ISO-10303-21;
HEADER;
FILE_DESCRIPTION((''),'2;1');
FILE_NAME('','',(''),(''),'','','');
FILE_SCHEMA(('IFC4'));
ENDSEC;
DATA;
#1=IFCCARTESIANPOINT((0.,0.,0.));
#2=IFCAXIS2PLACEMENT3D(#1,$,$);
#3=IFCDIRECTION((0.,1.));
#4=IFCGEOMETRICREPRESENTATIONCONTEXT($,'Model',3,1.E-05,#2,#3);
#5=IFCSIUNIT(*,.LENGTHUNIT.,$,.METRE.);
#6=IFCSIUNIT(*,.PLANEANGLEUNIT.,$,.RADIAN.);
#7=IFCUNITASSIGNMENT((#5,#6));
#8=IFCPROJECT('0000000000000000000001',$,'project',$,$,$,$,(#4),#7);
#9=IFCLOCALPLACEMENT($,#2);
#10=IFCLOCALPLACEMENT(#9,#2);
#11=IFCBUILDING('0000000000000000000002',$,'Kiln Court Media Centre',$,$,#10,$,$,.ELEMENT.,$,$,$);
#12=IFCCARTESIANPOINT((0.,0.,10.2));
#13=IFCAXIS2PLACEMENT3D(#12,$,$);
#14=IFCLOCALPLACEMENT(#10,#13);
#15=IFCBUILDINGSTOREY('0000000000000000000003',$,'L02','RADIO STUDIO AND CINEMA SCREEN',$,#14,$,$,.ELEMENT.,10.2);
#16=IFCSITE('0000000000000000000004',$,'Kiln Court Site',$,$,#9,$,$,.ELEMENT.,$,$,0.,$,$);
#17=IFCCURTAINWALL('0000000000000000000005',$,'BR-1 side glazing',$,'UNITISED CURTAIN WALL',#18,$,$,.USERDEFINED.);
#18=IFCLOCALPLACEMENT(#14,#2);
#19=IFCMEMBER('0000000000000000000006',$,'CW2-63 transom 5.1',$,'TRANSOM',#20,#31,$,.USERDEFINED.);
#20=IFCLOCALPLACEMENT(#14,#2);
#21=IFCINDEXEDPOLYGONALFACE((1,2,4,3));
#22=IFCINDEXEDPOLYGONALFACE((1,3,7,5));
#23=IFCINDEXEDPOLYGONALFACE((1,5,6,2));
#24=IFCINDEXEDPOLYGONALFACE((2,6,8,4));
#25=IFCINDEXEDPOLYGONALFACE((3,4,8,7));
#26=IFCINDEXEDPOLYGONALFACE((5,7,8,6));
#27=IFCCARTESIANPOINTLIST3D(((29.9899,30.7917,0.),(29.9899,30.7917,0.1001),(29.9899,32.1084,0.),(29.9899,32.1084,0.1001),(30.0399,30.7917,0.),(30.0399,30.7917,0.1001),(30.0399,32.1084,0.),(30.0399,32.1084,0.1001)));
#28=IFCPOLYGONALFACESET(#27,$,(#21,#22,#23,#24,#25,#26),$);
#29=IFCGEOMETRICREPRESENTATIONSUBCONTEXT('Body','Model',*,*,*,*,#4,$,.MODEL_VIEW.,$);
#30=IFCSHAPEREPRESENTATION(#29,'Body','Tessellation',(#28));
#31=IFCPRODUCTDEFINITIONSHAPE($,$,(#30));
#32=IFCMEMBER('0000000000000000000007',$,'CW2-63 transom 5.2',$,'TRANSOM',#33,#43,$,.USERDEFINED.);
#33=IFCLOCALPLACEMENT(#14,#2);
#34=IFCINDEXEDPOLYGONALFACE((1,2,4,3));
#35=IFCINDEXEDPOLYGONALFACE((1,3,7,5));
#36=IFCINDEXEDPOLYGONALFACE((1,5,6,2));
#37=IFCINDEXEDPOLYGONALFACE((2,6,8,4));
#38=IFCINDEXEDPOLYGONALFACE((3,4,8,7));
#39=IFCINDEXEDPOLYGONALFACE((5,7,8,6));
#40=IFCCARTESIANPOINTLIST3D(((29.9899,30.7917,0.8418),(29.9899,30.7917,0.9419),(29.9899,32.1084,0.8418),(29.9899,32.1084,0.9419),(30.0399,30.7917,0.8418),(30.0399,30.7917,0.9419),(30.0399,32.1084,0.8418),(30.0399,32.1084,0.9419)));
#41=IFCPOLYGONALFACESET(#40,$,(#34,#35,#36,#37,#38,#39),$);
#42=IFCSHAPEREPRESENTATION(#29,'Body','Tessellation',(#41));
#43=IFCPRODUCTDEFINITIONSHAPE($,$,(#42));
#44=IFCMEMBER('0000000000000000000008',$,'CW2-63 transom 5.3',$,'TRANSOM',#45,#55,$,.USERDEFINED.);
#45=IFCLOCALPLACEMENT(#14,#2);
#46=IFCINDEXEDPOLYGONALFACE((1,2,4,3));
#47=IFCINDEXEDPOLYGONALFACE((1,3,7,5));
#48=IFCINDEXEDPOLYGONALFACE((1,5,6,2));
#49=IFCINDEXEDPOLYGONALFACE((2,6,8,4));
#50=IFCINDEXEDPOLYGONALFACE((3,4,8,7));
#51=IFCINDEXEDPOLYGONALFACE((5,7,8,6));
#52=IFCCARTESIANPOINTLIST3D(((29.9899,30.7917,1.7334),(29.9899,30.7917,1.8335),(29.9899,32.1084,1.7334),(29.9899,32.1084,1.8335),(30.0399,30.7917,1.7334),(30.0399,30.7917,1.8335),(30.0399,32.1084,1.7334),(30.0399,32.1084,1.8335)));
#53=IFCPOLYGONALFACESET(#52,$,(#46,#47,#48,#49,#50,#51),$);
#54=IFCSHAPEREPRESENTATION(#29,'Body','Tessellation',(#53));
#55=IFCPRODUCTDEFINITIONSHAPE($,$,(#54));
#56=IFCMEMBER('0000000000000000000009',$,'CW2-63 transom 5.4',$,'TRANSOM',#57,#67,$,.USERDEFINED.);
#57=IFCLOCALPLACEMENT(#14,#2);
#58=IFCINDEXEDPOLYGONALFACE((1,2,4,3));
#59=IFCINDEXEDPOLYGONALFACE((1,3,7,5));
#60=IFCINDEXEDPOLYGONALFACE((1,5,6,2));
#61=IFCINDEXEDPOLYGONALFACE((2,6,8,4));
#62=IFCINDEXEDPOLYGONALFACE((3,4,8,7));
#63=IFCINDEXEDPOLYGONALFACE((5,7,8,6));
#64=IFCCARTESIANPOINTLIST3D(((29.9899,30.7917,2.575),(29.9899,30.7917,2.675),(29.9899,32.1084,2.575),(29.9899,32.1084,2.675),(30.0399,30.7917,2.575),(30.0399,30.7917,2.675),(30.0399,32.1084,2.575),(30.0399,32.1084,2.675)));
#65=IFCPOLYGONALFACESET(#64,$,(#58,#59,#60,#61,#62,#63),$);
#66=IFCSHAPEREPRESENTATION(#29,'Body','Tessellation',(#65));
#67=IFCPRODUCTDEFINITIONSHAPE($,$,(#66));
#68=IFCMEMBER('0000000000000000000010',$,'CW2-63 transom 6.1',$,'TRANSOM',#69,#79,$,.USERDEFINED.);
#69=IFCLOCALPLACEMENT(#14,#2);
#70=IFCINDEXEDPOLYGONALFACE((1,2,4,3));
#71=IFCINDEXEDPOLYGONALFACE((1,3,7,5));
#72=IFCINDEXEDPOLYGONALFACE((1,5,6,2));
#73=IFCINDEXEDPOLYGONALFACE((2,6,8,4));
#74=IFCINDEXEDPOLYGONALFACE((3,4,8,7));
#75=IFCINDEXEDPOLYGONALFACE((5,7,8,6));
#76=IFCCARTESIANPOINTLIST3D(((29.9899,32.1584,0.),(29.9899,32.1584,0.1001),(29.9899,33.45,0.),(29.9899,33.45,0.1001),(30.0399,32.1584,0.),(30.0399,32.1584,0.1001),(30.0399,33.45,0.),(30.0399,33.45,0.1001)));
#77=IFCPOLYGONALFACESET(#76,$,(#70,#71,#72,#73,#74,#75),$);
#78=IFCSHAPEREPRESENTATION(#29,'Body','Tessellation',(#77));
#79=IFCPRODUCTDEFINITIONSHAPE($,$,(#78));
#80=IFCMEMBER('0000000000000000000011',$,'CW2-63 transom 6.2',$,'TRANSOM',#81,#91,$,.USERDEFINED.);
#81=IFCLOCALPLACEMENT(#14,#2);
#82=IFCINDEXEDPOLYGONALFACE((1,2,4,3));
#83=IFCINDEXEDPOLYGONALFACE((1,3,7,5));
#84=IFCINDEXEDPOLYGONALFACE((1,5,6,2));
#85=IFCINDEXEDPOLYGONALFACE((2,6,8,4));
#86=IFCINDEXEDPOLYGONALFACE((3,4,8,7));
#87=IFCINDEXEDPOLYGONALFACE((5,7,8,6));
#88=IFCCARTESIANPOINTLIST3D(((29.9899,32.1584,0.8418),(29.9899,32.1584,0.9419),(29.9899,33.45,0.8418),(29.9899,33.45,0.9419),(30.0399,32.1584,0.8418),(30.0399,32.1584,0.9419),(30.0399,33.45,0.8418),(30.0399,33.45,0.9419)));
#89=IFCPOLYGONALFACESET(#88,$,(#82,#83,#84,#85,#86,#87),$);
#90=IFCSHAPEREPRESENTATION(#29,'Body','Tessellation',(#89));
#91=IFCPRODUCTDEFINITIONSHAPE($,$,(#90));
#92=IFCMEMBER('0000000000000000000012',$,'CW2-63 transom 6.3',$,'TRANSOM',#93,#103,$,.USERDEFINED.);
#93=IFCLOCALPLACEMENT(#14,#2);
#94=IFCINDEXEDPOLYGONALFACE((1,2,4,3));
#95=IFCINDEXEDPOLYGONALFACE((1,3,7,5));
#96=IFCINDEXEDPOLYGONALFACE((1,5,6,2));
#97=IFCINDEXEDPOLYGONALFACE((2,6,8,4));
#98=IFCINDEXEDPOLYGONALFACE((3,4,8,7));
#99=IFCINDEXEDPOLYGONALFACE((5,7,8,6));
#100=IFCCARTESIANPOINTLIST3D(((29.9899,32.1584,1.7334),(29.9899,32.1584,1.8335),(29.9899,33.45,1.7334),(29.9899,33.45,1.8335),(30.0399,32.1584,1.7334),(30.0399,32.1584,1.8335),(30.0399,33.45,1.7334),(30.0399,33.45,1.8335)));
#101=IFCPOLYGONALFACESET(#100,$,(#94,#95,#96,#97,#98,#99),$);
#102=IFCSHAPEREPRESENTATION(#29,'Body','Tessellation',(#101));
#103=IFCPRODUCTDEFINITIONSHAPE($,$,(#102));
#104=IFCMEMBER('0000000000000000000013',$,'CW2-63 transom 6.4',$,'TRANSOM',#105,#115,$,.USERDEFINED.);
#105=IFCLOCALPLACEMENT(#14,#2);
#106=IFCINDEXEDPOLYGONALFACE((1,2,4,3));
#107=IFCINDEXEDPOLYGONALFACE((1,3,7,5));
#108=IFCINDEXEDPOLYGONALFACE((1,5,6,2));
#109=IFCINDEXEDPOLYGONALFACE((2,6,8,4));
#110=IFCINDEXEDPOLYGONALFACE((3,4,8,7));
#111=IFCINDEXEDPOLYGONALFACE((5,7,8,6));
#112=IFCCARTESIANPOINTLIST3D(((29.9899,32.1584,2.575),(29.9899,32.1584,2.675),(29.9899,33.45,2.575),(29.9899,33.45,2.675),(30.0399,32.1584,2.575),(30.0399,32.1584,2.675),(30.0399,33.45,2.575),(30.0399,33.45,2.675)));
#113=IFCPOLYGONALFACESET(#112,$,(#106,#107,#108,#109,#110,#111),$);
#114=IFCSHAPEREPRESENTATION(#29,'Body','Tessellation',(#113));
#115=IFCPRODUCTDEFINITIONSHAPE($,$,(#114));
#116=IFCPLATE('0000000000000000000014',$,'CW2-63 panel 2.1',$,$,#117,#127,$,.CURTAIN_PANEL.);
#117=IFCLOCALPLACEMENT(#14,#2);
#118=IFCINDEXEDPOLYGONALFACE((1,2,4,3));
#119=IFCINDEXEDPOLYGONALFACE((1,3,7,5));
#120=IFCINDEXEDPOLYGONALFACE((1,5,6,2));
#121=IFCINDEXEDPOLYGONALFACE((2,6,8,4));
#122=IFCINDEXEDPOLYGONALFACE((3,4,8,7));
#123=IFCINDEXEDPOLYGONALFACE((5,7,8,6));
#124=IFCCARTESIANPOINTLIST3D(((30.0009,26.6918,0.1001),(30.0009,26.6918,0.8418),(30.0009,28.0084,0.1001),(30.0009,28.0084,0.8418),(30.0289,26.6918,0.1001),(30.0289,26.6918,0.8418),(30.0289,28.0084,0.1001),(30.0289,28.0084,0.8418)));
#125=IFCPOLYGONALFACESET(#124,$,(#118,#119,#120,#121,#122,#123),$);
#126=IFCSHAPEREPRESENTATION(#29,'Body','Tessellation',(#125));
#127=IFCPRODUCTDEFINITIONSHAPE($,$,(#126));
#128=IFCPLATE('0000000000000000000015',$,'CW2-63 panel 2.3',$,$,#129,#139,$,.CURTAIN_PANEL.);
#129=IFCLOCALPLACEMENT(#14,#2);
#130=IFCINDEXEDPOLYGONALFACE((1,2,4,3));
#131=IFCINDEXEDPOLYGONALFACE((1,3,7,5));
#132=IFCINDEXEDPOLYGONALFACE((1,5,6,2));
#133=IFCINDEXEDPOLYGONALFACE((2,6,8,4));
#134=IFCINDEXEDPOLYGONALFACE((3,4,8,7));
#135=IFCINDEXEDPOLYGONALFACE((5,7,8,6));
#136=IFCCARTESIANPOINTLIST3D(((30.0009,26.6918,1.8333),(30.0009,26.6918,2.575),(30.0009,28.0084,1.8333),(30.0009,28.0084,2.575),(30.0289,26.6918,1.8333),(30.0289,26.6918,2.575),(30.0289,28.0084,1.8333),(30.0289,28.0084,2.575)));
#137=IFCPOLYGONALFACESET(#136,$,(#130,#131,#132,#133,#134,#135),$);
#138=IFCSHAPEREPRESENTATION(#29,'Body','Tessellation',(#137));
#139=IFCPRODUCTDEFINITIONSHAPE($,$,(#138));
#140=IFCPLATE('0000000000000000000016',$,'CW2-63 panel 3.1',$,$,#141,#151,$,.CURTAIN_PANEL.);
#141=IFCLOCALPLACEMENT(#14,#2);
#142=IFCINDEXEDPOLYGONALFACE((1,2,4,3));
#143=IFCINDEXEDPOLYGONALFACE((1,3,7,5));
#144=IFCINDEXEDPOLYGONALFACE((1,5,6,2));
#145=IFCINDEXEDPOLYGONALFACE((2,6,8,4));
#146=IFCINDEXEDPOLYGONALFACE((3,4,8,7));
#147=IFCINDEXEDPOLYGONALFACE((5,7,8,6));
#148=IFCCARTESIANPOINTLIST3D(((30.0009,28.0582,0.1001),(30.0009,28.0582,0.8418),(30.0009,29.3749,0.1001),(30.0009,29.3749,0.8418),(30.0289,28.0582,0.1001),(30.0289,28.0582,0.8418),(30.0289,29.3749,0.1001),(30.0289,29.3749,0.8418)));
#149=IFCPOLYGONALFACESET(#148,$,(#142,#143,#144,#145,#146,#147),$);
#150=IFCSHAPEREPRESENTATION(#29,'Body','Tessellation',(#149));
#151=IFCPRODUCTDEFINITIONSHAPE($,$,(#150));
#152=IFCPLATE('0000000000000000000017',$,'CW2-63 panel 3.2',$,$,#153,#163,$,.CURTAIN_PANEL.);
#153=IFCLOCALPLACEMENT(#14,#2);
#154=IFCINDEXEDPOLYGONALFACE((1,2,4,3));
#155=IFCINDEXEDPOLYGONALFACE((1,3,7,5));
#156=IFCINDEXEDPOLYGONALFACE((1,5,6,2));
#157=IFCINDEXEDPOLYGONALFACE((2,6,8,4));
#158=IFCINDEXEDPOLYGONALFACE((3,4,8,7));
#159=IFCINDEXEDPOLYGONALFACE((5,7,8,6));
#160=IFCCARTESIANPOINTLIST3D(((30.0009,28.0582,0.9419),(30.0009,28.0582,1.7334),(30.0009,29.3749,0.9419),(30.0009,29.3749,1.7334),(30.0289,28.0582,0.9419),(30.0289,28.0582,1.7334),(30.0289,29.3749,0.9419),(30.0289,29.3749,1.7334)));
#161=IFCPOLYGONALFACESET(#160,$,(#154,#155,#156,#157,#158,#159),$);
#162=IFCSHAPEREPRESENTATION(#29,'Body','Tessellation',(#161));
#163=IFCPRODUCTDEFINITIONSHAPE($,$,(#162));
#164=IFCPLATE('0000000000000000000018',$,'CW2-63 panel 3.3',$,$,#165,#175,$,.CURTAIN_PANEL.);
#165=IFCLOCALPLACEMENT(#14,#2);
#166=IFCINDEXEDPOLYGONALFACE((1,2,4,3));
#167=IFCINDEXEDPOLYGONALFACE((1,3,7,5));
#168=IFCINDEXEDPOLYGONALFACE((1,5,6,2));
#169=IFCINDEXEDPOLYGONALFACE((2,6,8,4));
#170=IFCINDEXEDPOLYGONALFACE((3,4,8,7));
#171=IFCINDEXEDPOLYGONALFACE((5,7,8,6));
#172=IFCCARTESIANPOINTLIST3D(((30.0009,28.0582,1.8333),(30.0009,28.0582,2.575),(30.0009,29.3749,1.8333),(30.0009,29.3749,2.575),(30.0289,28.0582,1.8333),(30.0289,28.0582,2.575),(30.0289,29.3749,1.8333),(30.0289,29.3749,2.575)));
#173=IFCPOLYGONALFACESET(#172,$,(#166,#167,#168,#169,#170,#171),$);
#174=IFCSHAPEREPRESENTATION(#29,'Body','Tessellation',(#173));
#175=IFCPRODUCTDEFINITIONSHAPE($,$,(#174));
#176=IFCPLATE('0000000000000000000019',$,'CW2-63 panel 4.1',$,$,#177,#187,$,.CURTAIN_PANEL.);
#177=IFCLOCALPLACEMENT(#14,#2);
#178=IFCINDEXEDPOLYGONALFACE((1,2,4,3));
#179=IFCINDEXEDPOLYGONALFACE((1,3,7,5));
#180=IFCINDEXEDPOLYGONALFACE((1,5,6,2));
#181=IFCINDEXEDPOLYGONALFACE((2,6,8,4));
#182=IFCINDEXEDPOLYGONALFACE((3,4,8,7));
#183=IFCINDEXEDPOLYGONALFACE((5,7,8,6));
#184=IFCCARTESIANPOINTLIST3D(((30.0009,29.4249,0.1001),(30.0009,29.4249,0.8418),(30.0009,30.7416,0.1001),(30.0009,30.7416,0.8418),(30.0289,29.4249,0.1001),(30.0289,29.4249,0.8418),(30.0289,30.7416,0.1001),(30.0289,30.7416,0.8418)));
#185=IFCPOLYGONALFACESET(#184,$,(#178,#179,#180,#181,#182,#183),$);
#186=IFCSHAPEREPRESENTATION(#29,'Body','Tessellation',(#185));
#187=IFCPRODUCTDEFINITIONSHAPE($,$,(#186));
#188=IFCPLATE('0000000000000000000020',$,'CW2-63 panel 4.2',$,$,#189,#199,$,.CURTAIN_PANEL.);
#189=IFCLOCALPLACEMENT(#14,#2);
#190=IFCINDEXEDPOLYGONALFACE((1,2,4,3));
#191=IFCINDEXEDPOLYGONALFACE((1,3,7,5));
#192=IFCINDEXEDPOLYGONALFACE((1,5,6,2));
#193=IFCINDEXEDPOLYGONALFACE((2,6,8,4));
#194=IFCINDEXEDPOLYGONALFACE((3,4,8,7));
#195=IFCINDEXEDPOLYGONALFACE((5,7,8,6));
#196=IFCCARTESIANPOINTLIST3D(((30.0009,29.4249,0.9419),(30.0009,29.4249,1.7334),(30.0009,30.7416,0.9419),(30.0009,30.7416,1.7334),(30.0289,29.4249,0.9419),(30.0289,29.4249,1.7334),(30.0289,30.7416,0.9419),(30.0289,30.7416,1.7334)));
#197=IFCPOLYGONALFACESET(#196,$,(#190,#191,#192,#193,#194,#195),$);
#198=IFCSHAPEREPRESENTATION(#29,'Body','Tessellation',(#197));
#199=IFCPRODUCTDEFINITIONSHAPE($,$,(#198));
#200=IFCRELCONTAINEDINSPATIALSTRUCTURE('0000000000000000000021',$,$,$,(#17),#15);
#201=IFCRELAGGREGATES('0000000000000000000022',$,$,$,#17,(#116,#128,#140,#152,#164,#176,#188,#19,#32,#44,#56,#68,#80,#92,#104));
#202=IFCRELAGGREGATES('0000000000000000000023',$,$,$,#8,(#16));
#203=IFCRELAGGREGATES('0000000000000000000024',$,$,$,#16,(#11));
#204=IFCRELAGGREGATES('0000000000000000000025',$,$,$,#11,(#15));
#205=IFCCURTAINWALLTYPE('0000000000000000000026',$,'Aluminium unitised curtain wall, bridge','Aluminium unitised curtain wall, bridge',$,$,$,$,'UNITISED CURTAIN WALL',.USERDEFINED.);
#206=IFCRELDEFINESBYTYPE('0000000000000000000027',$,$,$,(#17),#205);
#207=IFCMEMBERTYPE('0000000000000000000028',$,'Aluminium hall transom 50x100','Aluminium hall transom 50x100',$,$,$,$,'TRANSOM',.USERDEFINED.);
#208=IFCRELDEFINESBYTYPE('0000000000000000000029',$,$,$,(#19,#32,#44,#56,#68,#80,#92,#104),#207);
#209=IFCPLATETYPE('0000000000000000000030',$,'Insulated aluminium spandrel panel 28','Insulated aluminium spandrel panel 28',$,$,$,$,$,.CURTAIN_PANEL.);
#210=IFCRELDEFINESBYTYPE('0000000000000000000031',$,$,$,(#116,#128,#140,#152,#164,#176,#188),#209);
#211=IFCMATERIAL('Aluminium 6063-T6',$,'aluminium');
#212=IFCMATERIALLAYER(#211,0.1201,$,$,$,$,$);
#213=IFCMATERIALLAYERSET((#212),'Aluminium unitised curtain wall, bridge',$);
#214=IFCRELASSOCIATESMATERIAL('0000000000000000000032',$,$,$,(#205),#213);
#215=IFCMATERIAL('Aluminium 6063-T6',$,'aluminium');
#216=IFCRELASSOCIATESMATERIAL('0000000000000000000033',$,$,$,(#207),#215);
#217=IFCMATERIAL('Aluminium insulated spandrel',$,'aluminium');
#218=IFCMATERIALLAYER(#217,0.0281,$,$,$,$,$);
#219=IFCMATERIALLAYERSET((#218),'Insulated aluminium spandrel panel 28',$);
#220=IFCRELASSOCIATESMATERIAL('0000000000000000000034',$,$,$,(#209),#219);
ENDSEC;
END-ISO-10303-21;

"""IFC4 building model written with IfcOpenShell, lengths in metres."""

from ifc_helpers import new_model, si_unit, direction, frame, origin, origin_2d, place, context, subcontext, project, spatial, rectangle, extrude, material, layer, layer_set, material_profile, profile_set, type_object, element, aggregate, save


model = new_model("IFC4")

# Units and contexts
model_context = context("Model", 3, precision=1e-05, world=origin(), true_north=direction((0.0, 1.0)))
body_context = subcontext(model_context, "Body", "Model", "MODEL_VIEW")
ifc_project = project(units=[si_unit("LENGTHUNIT", "METRE"), si_unit("PLANEANGLEUNIT", "RADIAN")], contexts=[model_context])

# Site, building, storey
site_placement = place(None, origin())
site = spatial("IfcSite", under=ifc_project, at=site_placement, Name="Kiln Court Site", CompositionType="ELEMENT", RefElevation=0.0)
building_placement = place(site_placement, origin())
building = spatial("IfcBuilding", under=site, at=building_placement, Name="Kiln Court Media Centre", CompositionType="ELEMENT")
storey_placement = place(building_placement, frame((0.0, 0.0, 10.2)))
storey = spatial("IfcBuildingStorey", under=building, at=storey_placement, Name="L02", Description="RADIO STUDIO AND CINEMA SCREEN", CompositionType="ELEMENT", Elevation=10.2)

# Curtain wall, members, plates
ifc_material_1 = material(Name="Aluminium 6063-T6", Category="aluminium")
ifc_layer_1 = layer(ifc_material_1, 0.1201)
ifc_layer_set_1 = layer_set([ifc_layer_1], Name="Aluminium unitised curtain wall, bridge")
curtain_wall_type = type_object("IfcCurtainWallType", Name="Aluminium unitised curtain wall, bridge", Description="Aluminium unitised curtain wall, bridge", ElementType="UNITISED CURTAIN WALL", PredefinedType="USERDEFINED", material=ifc_layer_set_1)
curtain_wall_placement = place(storey_placement, origin())
curtain_wall = element("IfcCurtainWall", 1, at=curtain_wall_placement, inside=storey, type_object=curtain_wall_type, Name="BR-1 side glazing", ObjectType="UNITISED CURTAIN WALL", PredefinedType="USERDEFINED")
ifc_material_2 = material(Name="Aluminium 6063-T6", Category="aluminium")
ifc_material_profile_1 = material_profile(ifc_material_2, rectangle(XDim=0.05, YDim=0.1001, at=origin_2d()), Name="Aluminium hall transom 50x100")
ifc_profile_set_1 = profile_set([ifc_material_profile_1], Name="Aluminium 6063-T6")
member_type_1 = type_object("IfcMemberType", Name="Aluminium hall transom 50x100", Description="Aluminium hall transom 50x100", ElementType="TRANSOM", PredefinedType="USERDEFINED", material=ifc_profile_set_1)
member_1_placement = place(storey_placement, frame((30.0149, 30.7917, 0.05), z_axis=(0.0, 1.0, 0.0), x_axis=(-1.0, 0.0, 0.0)))
member_1 = element("IfcMember", 2, at=member_1_placement, type_object=member_type_1, Name="CW2-63 transom 5.1", ObjectType="TRANSOM", PredefinedType="USERDEFINED", context=body_context, shape_type="SweptSolid", body=[
    extrude(rectangle(XDim=0.05, YDim=0.1001, at=origin_2d()), origin(), (0.0, 0.0, 1.0), 1.3167),
])
member_2_placement = place(storey_placement, frame((30.0149, 30.7917, 0.8918), z_axis=(0.0, 1.0, 0.0), x_axis=(-1.0, 0.0, 0.0)))
member_2 = element("IfcMember", 3, at=member_2_placement, type_object=member_type_1, Name="CW2-63 transom 5.2", ObjectType="TRANSOM", PredefinedType="USERDEFINED", context=body_context, shape_type="SweptSolid", body=[
    extrude(rectangle(XDim=0.05, YDim=0.1001, at=origin_2d()), origin(), (0.0, 0.0, 1.0), 1.3167),
])
member_3_placement = place(storey_placement, frame((30.0149, 30.7917, 1.7834), z_axis=(0.0, 1.0, 0.0), x_axis=(-1.0, 0.0, 0.0)))
member_3 = element("IfcMember", 4, at=member_3_placement, type_object=member_type_1, Name="CW2-63 transom 5.3", ObjectType="TRANSOM", PredefinedType="USERDEFINED", context=body_context, shape_type="SweptSolid", body=[
    extrude(rectangle(XDim=0.05, YDim=0.1001, at=origin_2d()), origin(), (0.0, 0.0, 1.0), 1.3167),
])
member_4_placement = place(storey_placement, frame((30.0149, 30.7917, 2.625), z_axis=(0.0, 1.0, 0.0), x_axis=(-1.0, 0.0, 0.0)))
member_4 = element("IfcMember", 5, at=member_4_placement, type_object=member_type_1, Name="CW2-63 transom 5.4", ObjectType="TRANSOM", PredefinedType="USERDEFINED", context=body_context, shape_type="SweptSolid", body=[
    extrude(rectangle(XDim=0.05, YDim=0.1001, at=origin_2d()), origin(), (0.0, 0.0, 1.0), 1.3167),
])
member_5_placement = place(storey_placement, frame((30.0149, 32.1584, 0.05), z_axis=(0.0, 1.0, 0.0), x_axis=(-1.0, 0.0, 0.0)))
member_5 = element("IfcMember", 6, at=member_5_placement, type_object=member_type_1, Name="CW2-63 transom 6.1", ObjectType="TRANSOM", PredefinedType="USERDEFINED", context=body_context, shape_type="SweptSolid", body=[
    extrude(rectangle(XDim=0.05, YDim=0.1001, at=origin_2d()), origin(), (0.0, 0.0, 1.0), 1.2915),
])
member_6_placement = place(storey_placement, frame((30.0149, 32.1584, 0.8918), z_axis=(0.0, 1.0, 0.0), x_axis=(-1.0, 0.0, 0.0)))
member_6 = element("IfcMember", 7, at=member_6_placement, type_object=member_type_1, Name="CW2-63 transom 6.2", ObjectType="TRANSOM", PredefinedType="USERDEFINED", context=body_context, shape_type="SweptSolid", body=[
    extrude(rectangle(XDim=0.05, YDim=0.1001, at=origin_2d()), origin(), (0.0, 0.0, 1.0), 1.2915),
])
member_7_placement = place(storey_placement, frame((30.0149, 32.1584, 1.7834), z_axis=(0.0, 1.0, 0.0), x_axis=(-1.0, 0.0, 0.0)))
member_7 = element("IfcMember", 8, at=member_7_placement, type_object=member_type_1, Name="CW2-63 transom 6.3", ObjectType="TRANSOM", PredefinedType="USERDEFINED", context=body_context, shape_type="SweptSolid", body=[
    extrude(rectangle(XDim=0.05, YDim=0.1001, at=origin_2d()), origin(), (0.0, 0.0, 1.0), 1.2915),
])
member_8_placement = place(storey_placement, frame((30.0149, 32.1584, 2.625), z_axis=(0.0, 1.0, 0.0), x_axis=(-1.0, 0.0, 0.0)))
member_8 = element("IfcMember", 9, at=member_8_placement, type_object=member_type_1, Name="CW2-63 transom 6.4", ObjectType="TRANSOM", PredefinedType="USERDEFINED", context=body_context, shape_type="SweptSolid", body=[
    extrude(rectangle(XDim=0.05, YDim=0.1001, at=origin_2d()), origin(), (0.0, 0.0, 1.0), 1.2915),
])
ifc_material_3 = material(Name="Aluminium insulated spandrel", Category="aluminium")
ifc_layer_2 = layer(ifc_material_3, 0.0281)
ifc_layer_set_2 = layer_set([ifc_layer_2], Name="Insulated aluminium spandrel panel 28")
plate_type_1 = type_object("IfcPlateType", Name="Insulated aluminium spandrel panel 28", Description="Insulated aluminium spandrel panel 28", PredefinedType="CURTAIN_PANEL", material=ifc_layer_set_2)
plate_1_placement = place(storey_placement, frame((30.0149, 27.3501, 0.1001), z_axis=(0.0, 0.0, 1.0), x_axis=(0.0, 1.0, 0.0)))
plate_1 = element("IfcPlate", 10, at=plate_1_placement, type_object=plate_type_1, Name="CW2-63 panel 2.1", PredefinedType="CURTAIN_PANEL", context=body_context, shape_type="SweptSolid", body=[
    extrude(rectangle(XDim=1.3167, YDim=0.0281, at=origin_2d()), origin(), (0.0, 0.0, 1.0), 0.7417),
])
plate_2_placement = place(storey_placement, frame((30.0149, 27.3501, 1.8333), z_axis=(0.0, 0.0, 1.0), x_axis=(0.0, 1.0, 0.0)))
plate_2 = element("IfcPlate", 11, at=plate_2_placement, type_object=plate_type_1, Name="CW2-63 panel 2.3", PredefinedType="CURTAIN_PANEL", context=body_context, shape_type="SweptSolid", body=[
    extrude(rectangle(XDim=1.3167, YDim=0.0281, at=origin_2d()), origin(), (0.0, 0.0, 1.0), 0.7417),
])
plate_3_placement = place(storey_placement, frame((30.0149, 28.7166, 0.1001), z_axis=(0.0, 0.0, 1.0), x_axis=(0.0, 1.0, 0.0)))
plate_3 = element("IfcPlate", 12, at=plate_3_placement, type_object=plate_type_1, Name="CW2-63 panel 3.1", PredefinedType="CURTAIN_PANEL", context=body_context, shape_type="SweptSolid", body=[
    extrude(rectangle(XDim=1.3167, YDim=0.0281, at=origin_2d()), origin(), (0.0, 0.0, 1.0), 0.7417),
])
plate_4_placement = place(storey_placement, frame((30.0149, 28.7166, 0.9419), z_axis=(0.0, 0.0, 1.0), x_axis=(0.0, 1.0, 0.0)))
plate_4 = element("IfcPlate", 13, at=plate_4_placement, type_object=plate_type_1, Name="CW2-63 panel 3.2", PredefinedType="CURTAIN_PANEL", context=body_context, shape_type="SweptSolid", body=[
    extrude(rectangle(XDim=1.3167, YDim=0.0281, at=origin_2d()), origin(), (0.0, 0.0, 1.0), 0.7915),
])
plate_5_placement = place(storey_placement, frame((30.0149, 28.7166, 1.8333), z_axis=(0.0, 0.0, 1.0), x_axis=(0.0, 1.0, 0.0)))
plate_5 = element("IfcPlate", 14, at=plate_5_placement, type_object=plate_type_1, Name="CW2-63 panel 3.3", PredefinedType="CURTAIN_PANEL", context=body_context, shape_type="SweptSolid", body=[
    extrude(rectangle(XDim=1.3167, YDim=0.0281, at=origin_2d()), origin(), (0.0, 0.0, 1.0), 0.7417),
])
plate_6_placement = place(storey_placement, frame((30.0149, 30.0833, 0.1001), z_axis=(0.0, 0.0, 1.0), x_axis=(0.0, 1.0, 0.0)))
plate_6 = element("IfcPlate", 15, at=plate_6_placement, type_object=plate_type_1, Name="CW2-63 panel 4.1", PredefinedType="CURTAIN_PANEL", context=body_context, shape_type="SweptSolid", body=[
    extrude(rectangle(XDim=1.3167, YDim=0.0281, at=origin_2d()), origin(), (0.0, 0.0, 1.0), 0.7417),
])
plate_7_placement = place(storey_placement, frame((30.0149, 30.0833, 0.9419), z_axis=(0.0, 0.0, 1.0), x_axis=(0.0, 1.0, 0.0)))
plate_7 = element("IfcPlate", 16, at=plate_7_placement, type_object=plate_type_1, Name="CW2-63 panel 4.2", PredefinedType="CURTAIN_PANEL", context=body_context, shape_type="SweptSolid", body=[
    extrude(rectangle(XDim=1.3167, YDim=0.0281, at=origin_2d()), origin(), (0.0, 0.0, 1.0), 0.7915),
])
aggregate(curtain_wall, [plate_1, plate_2, plate_3, plate_4, plate_5, plate_6, plate_7, member_1, member_2, member_3, member_4, member_5, member_6, member_7, member_8])

save(model, "model.ifc")
